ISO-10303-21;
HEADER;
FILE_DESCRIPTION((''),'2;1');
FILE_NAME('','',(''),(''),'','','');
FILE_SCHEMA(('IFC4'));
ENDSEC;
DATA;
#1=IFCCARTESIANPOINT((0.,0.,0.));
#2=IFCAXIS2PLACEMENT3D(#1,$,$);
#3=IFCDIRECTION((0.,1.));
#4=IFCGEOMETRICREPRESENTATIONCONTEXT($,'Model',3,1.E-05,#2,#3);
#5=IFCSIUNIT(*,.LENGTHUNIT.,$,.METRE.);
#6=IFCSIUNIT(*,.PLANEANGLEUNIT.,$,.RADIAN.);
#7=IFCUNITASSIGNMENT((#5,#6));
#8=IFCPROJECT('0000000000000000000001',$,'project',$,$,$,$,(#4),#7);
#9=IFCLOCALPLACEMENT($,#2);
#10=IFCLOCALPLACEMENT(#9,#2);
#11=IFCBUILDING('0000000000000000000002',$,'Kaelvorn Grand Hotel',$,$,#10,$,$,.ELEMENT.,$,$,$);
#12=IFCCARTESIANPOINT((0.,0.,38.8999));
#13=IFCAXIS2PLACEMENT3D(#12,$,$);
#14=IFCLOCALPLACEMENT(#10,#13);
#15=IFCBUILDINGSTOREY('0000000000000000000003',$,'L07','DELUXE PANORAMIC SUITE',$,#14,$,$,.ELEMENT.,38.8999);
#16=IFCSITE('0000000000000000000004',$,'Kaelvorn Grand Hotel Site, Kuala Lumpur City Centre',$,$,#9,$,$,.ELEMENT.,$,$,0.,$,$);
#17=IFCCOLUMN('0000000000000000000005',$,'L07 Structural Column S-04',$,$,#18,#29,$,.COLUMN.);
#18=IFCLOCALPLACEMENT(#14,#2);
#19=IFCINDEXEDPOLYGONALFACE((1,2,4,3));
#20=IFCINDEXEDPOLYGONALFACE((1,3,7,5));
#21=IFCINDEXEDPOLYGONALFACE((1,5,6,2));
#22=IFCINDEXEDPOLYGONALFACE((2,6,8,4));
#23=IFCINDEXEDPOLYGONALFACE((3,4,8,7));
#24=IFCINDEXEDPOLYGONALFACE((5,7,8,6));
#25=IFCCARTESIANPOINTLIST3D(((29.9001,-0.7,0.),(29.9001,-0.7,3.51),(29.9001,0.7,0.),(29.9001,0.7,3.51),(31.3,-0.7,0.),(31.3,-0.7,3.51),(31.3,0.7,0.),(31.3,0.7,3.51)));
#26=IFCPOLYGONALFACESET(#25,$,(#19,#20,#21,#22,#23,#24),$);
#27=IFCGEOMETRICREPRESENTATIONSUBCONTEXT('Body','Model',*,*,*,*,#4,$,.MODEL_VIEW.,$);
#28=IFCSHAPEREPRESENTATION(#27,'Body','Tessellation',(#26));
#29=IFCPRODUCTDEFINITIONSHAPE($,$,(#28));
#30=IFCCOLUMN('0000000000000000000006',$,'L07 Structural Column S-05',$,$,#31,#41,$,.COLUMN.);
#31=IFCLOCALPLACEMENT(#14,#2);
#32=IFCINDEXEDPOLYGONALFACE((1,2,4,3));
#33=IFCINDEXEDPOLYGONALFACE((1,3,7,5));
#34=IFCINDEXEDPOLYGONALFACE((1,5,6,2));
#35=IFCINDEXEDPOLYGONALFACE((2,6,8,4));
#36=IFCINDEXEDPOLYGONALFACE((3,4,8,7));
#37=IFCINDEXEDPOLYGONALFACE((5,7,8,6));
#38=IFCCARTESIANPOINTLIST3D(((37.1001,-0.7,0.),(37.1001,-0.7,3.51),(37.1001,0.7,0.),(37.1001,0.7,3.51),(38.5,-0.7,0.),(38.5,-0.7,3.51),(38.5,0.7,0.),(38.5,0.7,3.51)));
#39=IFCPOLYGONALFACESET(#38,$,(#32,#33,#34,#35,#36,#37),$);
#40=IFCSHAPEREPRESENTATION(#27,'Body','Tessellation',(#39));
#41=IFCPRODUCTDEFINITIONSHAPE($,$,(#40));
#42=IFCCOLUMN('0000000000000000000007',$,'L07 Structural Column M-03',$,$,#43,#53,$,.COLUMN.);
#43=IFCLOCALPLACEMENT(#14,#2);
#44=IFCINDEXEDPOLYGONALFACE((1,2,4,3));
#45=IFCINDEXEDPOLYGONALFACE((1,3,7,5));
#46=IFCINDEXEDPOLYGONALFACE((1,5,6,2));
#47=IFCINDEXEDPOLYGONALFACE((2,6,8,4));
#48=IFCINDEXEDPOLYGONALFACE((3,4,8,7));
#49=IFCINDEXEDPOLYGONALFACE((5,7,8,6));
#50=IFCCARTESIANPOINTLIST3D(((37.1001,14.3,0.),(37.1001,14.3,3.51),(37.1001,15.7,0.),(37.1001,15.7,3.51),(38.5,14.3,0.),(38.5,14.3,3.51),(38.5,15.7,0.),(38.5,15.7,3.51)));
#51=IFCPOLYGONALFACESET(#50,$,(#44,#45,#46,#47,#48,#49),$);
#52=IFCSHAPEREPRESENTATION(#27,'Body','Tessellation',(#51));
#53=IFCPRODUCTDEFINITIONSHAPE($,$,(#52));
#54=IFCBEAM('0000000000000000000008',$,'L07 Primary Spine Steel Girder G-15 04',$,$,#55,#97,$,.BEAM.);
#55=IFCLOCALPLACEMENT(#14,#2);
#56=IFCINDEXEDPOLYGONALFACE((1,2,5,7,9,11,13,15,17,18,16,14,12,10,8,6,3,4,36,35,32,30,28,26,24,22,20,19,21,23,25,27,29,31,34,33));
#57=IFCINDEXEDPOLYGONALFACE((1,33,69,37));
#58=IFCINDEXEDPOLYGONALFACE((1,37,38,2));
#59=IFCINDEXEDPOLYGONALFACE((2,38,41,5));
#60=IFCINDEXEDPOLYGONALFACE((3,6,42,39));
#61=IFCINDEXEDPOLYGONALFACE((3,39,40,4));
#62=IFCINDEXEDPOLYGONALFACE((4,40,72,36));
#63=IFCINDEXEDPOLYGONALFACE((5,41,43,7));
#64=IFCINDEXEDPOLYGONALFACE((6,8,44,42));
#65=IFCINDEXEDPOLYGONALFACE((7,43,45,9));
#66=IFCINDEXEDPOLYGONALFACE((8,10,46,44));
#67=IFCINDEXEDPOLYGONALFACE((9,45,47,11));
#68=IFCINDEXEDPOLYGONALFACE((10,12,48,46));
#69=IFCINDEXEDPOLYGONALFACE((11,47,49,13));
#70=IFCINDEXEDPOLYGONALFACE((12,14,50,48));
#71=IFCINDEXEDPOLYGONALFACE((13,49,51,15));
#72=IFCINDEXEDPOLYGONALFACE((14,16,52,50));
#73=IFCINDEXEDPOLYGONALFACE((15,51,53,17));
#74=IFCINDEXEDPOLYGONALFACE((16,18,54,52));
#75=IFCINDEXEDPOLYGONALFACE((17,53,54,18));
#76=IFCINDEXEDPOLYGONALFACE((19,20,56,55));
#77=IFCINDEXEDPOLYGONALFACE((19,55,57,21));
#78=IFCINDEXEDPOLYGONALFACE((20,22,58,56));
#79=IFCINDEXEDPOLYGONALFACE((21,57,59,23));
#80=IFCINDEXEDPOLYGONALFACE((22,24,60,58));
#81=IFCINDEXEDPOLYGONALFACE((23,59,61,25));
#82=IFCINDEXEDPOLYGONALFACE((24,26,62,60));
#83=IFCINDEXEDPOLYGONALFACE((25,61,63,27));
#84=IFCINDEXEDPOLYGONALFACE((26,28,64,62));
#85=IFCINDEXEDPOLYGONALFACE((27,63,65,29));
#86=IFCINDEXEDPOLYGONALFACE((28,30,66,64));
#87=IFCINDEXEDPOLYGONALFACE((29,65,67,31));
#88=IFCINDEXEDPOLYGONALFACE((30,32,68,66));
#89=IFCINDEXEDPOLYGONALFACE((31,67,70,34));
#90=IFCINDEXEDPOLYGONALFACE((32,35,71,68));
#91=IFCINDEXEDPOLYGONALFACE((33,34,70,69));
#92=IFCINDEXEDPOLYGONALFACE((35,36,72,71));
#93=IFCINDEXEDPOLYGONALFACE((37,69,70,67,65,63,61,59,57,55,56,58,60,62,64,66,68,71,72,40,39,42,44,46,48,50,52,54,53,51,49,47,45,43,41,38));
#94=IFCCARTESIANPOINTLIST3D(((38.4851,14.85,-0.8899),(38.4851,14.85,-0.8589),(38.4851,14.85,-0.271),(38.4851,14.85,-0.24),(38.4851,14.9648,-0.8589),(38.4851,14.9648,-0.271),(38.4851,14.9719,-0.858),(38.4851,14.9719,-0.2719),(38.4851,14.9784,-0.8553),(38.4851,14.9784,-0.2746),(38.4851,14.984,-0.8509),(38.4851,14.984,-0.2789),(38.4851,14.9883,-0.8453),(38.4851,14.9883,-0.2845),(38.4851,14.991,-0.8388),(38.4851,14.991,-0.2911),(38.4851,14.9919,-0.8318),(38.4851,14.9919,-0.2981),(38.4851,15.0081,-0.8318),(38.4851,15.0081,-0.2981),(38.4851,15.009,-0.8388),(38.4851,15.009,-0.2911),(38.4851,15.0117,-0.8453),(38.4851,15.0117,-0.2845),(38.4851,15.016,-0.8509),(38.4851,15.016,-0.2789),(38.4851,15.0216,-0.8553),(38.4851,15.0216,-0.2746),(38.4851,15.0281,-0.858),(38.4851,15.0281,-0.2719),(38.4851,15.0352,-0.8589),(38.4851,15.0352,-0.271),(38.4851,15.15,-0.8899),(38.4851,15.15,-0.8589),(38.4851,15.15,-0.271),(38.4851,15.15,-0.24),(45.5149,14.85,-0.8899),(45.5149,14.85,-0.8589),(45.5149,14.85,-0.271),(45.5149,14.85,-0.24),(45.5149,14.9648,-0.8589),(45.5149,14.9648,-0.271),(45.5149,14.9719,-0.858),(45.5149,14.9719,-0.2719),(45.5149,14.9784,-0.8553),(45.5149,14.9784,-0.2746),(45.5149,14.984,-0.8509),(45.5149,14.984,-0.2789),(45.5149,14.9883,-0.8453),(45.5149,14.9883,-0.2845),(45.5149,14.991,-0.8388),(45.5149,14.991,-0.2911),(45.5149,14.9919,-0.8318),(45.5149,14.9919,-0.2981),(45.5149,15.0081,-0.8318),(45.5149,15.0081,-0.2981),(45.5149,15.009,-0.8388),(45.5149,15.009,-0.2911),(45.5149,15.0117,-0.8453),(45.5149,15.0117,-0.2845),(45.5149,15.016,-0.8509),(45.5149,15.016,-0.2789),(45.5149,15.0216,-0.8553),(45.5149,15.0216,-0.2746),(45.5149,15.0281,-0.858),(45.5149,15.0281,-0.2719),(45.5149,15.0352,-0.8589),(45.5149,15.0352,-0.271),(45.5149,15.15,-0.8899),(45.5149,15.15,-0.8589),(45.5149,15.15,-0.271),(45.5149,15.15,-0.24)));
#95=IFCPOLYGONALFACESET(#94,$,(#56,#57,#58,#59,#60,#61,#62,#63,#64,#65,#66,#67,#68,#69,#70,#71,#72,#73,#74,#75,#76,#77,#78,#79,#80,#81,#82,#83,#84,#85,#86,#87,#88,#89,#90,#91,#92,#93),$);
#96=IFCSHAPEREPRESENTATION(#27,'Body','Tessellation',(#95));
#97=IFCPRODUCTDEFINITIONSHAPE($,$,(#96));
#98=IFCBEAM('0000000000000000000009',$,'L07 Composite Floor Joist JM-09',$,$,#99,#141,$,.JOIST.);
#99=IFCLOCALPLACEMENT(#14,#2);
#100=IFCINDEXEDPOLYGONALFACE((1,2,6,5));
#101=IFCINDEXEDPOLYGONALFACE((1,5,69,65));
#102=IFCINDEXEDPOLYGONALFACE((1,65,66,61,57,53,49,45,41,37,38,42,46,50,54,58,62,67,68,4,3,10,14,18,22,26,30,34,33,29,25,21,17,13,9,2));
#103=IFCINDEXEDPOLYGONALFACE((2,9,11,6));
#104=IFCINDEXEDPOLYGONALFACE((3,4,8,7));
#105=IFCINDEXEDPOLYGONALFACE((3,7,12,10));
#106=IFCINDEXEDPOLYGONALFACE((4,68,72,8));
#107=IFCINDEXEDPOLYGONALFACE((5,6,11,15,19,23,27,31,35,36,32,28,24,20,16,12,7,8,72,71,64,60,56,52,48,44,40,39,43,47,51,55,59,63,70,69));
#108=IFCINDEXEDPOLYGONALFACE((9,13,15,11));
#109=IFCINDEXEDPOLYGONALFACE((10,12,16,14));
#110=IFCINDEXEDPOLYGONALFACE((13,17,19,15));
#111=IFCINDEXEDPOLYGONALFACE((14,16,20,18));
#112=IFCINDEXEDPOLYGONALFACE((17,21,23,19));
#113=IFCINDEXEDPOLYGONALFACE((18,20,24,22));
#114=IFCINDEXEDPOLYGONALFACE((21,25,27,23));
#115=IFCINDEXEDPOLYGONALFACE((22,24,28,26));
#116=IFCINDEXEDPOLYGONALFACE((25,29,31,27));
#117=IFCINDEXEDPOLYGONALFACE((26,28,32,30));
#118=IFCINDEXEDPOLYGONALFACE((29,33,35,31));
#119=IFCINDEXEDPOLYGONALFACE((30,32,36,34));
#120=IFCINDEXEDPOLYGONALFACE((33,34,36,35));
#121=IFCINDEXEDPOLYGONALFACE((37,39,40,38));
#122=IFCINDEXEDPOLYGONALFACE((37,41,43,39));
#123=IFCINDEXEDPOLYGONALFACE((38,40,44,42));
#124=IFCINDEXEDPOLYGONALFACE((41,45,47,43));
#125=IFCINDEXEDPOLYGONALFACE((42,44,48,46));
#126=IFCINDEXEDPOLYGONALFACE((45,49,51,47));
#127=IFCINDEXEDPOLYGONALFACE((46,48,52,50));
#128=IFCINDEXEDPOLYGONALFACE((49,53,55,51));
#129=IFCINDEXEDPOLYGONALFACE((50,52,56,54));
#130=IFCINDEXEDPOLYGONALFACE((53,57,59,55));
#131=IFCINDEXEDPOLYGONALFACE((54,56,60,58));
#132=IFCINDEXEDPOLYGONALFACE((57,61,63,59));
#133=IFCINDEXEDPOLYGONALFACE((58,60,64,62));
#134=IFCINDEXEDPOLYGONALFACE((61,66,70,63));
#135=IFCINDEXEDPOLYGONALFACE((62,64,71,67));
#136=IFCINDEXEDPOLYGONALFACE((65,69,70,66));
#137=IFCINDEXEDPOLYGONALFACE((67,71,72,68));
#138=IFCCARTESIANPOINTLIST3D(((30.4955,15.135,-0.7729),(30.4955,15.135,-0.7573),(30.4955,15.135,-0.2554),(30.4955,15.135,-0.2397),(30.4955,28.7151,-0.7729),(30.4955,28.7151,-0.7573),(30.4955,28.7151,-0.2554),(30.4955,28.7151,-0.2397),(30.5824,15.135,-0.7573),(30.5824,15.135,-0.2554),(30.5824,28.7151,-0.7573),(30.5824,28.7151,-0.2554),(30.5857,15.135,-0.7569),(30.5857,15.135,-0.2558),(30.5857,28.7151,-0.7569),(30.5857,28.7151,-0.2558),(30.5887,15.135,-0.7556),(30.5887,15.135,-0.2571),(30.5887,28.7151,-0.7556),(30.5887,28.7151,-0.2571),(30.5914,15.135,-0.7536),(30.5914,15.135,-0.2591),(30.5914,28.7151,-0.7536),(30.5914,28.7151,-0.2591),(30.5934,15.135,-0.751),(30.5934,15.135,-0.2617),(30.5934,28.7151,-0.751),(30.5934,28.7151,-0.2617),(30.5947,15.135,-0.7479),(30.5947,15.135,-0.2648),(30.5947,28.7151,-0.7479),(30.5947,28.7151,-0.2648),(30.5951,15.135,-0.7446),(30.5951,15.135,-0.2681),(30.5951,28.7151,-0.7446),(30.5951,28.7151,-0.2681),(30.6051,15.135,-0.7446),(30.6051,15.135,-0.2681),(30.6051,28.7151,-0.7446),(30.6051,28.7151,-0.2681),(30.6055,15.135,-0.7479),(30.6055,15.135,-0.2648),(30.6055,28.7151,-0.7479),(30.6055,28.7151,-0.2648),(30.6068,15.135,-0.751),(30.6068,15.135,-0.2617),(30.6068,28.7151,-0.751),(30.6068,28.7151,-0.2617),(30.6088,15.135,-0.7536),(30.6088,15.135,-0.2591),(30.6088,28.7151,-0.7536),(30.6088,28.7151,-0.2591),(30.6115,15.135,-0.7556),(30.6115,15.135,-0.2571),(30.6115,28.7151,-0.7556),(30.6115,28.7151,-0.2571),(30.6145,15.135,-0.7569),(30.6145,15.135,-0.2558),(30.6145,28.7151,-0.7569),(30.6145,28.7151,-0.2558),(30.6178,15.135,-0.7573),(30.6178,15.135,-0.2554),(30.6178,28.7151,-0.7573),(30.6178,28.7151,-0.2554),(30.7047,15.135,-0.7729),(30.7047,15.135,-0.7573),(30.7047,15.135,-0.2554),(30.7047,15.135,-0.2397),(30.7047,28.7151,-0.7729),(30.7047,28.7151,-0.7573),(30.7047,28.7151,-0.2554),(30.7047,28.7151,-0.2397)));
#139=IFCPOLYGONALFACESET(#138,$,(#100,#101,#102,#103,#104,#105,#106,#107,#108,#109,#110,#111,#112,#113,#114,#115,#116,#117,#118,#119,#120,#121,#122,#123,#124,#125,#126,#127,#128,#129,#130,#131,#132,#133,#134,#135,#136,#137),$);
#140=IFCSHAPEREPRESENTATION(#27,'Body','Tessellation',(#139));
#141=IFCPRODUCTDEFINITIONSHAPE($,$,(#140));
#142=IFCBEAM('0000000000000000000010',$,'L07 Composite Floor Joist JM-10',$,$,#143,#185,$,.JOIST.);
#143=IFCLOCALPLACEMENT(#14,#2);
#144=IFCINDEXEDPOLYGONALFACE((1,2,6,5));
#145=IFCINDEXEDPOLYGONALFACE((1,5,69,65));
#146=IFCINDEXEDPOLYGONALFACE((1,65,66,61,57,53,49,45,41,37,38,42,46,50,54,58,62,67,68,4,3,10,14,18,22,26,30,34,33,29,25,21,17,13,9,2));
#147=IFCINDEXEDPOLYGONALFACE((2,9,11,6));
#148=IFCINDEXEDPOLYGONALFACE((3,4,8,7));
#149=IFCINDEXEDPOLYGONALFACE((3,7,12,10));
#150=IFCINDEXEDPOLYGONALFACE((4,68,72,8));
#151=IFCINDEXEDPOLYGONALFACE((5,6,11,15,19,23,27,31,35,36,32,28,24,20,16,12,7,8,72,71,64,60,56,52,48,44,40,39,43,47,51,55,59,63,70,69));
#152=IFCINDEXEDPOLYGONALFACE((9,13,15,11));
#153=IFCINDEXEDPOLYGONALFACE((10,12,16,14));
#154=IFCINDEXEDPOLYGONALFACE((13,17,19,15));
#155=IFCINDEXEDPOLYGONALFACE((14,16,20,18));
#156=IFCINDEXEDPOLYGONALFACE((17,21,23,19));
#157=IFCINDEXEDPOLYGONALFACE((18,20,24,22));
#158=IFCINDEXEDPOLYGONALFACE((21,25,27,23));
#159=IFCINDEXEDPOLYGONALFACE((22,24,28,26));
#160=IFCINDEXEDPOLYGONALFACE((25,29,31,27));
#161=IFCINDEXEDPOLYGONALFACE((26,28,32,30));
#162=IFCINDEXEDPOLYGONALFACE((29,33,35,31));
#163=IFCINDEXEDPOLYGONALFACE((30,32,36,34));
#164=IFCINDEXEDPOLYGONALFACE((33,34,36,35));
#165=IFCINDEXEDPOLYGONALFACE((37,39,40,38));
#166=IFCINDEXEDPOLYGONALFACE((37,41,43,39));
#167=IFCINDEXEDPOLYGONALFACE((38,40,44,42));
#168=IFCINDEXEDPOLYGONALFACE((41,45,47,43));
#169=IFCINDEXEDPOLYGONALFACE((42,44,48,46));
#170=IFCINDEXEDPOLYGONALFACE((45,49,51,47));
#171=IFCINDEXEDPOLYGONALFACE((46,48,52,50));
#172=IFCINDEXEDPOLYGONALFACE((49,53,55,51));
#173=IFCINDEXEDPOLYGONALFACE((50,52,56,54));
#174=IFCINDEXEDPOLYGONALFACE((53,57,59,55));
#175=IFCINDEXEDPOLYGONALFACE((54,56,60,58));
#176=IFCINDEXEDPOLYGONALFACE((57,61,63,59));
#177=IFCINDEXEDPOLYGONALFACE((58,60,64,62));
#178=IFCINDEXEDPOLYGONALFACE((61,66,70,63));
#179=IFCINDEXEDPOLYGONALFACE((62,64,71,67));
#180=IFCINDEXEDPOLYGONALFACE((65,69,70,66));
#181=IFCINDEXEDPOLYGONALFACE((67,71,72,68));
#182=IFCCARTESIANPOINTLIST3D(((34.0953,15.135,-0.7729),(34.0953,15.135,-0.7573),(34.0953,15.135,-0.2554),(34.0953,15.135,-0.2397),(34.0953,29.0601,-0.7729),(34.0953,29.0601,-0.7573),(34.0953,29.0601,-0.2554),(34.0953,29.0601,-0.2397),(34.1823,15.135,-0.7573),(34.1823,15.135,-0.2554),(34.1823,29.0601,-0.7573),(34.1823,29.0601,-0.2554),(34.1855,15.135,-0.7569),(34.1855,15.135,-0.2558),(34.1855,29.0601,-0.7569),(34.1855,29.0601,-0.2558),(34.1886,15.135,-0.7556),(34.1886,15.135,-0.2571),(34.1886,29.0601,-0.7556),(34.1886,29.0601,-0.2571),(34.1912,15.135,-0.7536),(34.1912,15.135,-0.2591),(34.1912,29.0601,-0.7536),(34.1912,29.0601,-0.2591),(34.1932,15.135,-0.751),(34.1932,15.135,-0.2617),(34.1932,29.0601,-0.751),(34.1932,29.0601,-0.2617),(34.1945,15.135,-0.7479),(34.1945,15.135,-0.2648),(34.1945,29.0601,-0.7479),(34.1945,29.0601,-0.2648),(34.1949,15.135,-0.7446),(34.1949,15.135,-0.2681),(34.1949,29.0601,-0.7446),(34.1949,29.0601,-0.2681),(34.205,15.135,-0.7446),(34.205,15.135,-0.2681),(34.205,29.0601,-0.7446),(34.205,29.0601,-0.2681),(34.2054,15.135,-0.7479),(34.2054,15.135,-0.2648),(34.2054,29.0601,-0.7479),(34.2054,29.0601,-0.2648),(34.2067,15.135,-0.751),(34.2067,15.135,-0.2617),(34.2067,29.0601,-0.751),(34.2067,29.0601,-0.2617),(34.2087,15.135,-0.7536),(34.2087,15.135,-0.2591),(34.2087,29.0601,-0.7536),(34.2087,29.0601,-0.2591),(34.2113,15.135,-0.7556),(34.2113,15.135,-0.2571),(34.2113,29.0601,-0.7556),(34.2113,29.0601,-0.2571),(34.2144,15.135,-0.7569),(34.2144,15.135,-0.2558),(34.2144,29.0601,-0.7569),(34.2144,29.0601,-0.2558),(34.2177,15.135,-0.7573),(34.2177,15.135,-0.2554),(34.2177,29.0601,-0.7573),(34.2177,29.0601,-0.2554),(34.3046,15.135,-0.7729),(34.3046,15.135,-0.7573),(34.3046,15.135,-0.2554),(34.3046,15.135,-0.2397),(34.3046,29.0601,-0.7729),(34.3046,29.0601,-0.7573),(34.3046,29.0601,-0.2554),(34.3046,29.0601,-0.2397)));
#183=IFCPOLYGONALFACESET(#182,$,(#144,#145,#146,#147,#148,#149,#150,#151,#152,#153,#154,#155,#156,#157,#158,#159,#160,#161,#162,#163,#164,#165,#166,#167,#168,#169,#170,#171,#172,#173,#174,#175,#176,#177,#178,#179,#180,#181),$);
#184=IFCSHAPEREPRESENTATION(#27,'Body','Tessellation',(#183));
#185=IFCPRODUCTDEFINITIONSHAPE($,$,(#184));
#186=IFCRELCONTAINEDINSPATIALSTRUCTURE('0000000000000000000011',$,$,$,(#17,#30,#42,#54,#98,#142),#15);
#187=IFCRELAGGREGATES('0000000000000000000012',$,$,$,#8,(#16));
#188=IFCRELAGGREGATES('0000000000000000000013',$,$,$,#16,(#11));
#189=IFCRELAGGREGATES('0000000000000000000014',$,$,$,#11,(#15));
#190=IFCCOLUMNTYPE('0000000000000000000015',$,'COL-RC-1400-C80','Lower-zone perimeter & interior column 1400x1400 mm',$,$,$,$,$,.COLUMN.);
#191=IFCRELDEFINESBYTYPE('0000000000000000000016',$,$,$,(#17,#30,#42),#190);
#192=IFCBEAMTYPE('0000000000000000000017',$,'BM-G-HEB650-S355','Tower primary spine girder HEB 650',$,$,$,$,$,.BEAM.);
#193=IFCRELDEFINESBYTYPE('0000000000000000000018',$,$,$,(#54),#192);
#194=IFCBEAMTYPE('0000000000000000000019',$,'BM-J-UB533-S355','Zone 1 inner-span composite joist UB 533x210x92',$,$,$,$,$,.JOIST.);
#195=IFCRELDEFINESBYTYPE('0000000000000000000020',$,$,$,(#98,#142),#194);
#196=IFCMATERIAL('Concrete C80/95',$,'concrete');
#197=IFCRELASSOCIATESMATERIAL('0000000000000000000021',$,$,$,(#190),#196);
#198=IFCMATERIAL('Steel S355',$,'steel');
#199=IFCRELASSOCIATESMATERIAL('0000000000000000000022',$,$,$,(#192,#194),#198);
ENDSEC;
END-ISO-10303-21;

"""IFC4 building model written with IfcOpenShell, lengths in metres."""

from ifc_helpers import new_model, si_unit, direction, frame, origin, origin_2d, place, context, subcontext, project, spatial, rectangle, i_section, extrude, material, material_profile, profile_set, type_object, element, save


model = new_model("IFC4")

# Units and contexts
model_context = context("Model", 3, precision=1e-05, world=origin(), true_north=direction((0.0, 1.0)))
body_context = subcontext(model_context, "Body", "Model", "MODEL_VIEW")
ifc_project = project(units=[si_unit("LENGTHUNIT", "METRE"), si_unit("PLANEANGLEUNIT", "RADIAN")], contexts=[model_context])

# Site, building, storey
site_placement = place(None, origin())
site = spatial("IfcSite", under=ifc_project, at=site_placement, Name="Kaelvorn Grand Hotel Site, Kuala Lumpur City Centre", CompositionType="ELEMENT", RefElevation=0.0)
building_placement = place(site_placement, origin())
building = spatial("IfcBuilding", under=site, at=building_placement, Name="Kaelvorn Grand Hotel", CompositionType="ELEMENT")
storey_placement = place(building_placement, frame((0.0, 0.0, 38.8999)))
storey = spatial("IfcBuildingStorey", under=building, at=storey_placement, Name="L07", Description="DELUXE PANORAMIC SUITE", CompositionType="ELEMENT", Elevation=38.8999)

# Columns
ifc_material_1 = material(Name="Concrete C80/95", Category="concrete")
ifc_material_profile_1 = material_profile(ifc_material_1, rectangle(XDim=1.3999, YDim=1.3999, at=origin_2d()), Name="RC COL 1400x1400")
ifc_profile_set_1 = profile_set([ifc_material_profile_1], Name="Concrete C80/95")
column_type = type_object("IfcColumnType", Name="COL-RC-1400-C80", Description="Lower-zone perimeter & interior column 1400x1400 mm", PredefinedType="COLUMN", material=ifc_profile_set_1)
for number, where, z_axis, x_axis, name in (
    (1, (30.6001, 0.0, 0.0), (0.0, 0.0, 1.0), (1.0, 0.0, 0.0), "L07 Structural Column S-04"),
    (2, (37.8, 0.0, 0.0), (0.0, 0.0, 1.0), (1.0, 0.0, 0.0), "L07 Structural Column S-05"),
    (3, (37.8, 15.0, 0.0), (0.0, 0.0, 1.0), (1.0, 0.0, 0.0), "L07 Structural Column M-03"),
):
    element("IfcColumn", number, at=place(storey_placement, frame(where, z_axis=z_axis, x_axis=x_axis)), inside=storey, type_object=column_type, Name=name, PredefinedType="COLUMN", context=body_context, shape_type="SweptSolid", body=[
        extrude(rectangle(XDim=1.3999, YDim=1.3999, at=origin_2d()), origin(), (0.0, 0.0, 1.0), 3.51),
    ])

# Beams
ifc_material_2 = material(Name="Steel S355", Category="steel")
ifc_material_profile_2 = material_profile(ifc_material_2, i_section(OverallWidth=0.3, OverallDepth=0.6499, WebThickness=0.0161, FlangeThickness=0.031, FilletRadius=0.0271, at=origin_2d()), Name="HEB 650")
ifc_profile_set_2 = profile_set([ifc_material_profile_2], Name="Steel S355")
beam_type_1 = type_object("IfcBeamType", Name="BM-G-HEB650-S355", Description="Tower primary spine girder HEB 650", PredefinedType="BEAM", material=ifc_profile_set_2)
beam_1_placement = place(storey_placement, frame((38.4851, 15.0, -0.5649), z_axis=(1.0, 0.0, 0.0), x_axis=(0.0, 1.0, 0.0)))
element("IfcBeam", 4, at=beam_1_placement, inside=storey, type_object=beam_type_1, Name="L07 Primary Spine Steel Girder G-15 04", PredefinedType="BEAM", context=body_context, shape_type="SweptSolid", body=[
    extrude(i_section(OverallWidth=0.3, OverallDepth=0.6499, WebThickness=0.0161, FlangeThickness=0.031, FilletRadius=0.0271, at=origin_2d()), origin(), (0.0, 0.0, 1.0), 7.0298),
])
ifc_material_profile_3 = material_profile(ifc_material_2, i_section(OverallWidth=0.2092, OverallDepth=0.5332, WebThickness=0.01, FlangeThickness=0.0156, FilletRadius=0.0127, at=origin_2d()), Name="UB 533x210x92")
ifc_profile_set_3 = profile_set([ifc_material_profile_3], Name="Steel S355")
beam_type_2 = type_object("IfcBeamType", Name="BM-J-UB533-S355", Description="Zone 1 inner-span composite joist UB 533x210x92", PredefinedType="JOIST", material=ifc_profile_set_3)
beam_2_placement = place(storey_placement, frame((30.6001, 15.135, -0.5063), z_axis=(0.0, 1.0, 0.0), x_axis=(-1.0, 0.0, 0.0)))
element("IfcBeam", 5, at=beam_2_placement, inside=storey, type_object=beam_type_2, Name="L07 Composite Floor Joist JM-09", PredefinedType="JOIST", context=body_context, shape_type="SweptSolid", body=[
    extrude(i_section(OverallWidth=0.2092, OverallDepth=0.5332, WebThickness=0.01, FlangeThickness=0.0156, FilletRadius=0.0127, at=origin_2d()), origin(), (0.0, 0.0, 1.0), 13.5801),
])
beam_3_placement = place(storey_placement, frame((34.2, 15.135, -0.5063), z_axis=(0.0, 1.0, 0.0), x_axis=(-1.0, 0.0, 0.0)))
element("IfcBeam", 6, at=beam_3_placement, inside=storey, type_object=beam_type_2, Name="L07 Composite Floor Joist JM-10", PredefinedType="JOIST", context=body_context, shape_type="SweptSolid", body=[
    extrude(i_section(OverallWidth=0.2092, OverallDepth=0.5332, WebThickness=0.01, FlangeThickness=0.0156, FilletRadius=0.0127, at=origin_2d()), origin(), (0.0, 0.0, 1.0), 13.925),
])

save(model, "model.ifc")
